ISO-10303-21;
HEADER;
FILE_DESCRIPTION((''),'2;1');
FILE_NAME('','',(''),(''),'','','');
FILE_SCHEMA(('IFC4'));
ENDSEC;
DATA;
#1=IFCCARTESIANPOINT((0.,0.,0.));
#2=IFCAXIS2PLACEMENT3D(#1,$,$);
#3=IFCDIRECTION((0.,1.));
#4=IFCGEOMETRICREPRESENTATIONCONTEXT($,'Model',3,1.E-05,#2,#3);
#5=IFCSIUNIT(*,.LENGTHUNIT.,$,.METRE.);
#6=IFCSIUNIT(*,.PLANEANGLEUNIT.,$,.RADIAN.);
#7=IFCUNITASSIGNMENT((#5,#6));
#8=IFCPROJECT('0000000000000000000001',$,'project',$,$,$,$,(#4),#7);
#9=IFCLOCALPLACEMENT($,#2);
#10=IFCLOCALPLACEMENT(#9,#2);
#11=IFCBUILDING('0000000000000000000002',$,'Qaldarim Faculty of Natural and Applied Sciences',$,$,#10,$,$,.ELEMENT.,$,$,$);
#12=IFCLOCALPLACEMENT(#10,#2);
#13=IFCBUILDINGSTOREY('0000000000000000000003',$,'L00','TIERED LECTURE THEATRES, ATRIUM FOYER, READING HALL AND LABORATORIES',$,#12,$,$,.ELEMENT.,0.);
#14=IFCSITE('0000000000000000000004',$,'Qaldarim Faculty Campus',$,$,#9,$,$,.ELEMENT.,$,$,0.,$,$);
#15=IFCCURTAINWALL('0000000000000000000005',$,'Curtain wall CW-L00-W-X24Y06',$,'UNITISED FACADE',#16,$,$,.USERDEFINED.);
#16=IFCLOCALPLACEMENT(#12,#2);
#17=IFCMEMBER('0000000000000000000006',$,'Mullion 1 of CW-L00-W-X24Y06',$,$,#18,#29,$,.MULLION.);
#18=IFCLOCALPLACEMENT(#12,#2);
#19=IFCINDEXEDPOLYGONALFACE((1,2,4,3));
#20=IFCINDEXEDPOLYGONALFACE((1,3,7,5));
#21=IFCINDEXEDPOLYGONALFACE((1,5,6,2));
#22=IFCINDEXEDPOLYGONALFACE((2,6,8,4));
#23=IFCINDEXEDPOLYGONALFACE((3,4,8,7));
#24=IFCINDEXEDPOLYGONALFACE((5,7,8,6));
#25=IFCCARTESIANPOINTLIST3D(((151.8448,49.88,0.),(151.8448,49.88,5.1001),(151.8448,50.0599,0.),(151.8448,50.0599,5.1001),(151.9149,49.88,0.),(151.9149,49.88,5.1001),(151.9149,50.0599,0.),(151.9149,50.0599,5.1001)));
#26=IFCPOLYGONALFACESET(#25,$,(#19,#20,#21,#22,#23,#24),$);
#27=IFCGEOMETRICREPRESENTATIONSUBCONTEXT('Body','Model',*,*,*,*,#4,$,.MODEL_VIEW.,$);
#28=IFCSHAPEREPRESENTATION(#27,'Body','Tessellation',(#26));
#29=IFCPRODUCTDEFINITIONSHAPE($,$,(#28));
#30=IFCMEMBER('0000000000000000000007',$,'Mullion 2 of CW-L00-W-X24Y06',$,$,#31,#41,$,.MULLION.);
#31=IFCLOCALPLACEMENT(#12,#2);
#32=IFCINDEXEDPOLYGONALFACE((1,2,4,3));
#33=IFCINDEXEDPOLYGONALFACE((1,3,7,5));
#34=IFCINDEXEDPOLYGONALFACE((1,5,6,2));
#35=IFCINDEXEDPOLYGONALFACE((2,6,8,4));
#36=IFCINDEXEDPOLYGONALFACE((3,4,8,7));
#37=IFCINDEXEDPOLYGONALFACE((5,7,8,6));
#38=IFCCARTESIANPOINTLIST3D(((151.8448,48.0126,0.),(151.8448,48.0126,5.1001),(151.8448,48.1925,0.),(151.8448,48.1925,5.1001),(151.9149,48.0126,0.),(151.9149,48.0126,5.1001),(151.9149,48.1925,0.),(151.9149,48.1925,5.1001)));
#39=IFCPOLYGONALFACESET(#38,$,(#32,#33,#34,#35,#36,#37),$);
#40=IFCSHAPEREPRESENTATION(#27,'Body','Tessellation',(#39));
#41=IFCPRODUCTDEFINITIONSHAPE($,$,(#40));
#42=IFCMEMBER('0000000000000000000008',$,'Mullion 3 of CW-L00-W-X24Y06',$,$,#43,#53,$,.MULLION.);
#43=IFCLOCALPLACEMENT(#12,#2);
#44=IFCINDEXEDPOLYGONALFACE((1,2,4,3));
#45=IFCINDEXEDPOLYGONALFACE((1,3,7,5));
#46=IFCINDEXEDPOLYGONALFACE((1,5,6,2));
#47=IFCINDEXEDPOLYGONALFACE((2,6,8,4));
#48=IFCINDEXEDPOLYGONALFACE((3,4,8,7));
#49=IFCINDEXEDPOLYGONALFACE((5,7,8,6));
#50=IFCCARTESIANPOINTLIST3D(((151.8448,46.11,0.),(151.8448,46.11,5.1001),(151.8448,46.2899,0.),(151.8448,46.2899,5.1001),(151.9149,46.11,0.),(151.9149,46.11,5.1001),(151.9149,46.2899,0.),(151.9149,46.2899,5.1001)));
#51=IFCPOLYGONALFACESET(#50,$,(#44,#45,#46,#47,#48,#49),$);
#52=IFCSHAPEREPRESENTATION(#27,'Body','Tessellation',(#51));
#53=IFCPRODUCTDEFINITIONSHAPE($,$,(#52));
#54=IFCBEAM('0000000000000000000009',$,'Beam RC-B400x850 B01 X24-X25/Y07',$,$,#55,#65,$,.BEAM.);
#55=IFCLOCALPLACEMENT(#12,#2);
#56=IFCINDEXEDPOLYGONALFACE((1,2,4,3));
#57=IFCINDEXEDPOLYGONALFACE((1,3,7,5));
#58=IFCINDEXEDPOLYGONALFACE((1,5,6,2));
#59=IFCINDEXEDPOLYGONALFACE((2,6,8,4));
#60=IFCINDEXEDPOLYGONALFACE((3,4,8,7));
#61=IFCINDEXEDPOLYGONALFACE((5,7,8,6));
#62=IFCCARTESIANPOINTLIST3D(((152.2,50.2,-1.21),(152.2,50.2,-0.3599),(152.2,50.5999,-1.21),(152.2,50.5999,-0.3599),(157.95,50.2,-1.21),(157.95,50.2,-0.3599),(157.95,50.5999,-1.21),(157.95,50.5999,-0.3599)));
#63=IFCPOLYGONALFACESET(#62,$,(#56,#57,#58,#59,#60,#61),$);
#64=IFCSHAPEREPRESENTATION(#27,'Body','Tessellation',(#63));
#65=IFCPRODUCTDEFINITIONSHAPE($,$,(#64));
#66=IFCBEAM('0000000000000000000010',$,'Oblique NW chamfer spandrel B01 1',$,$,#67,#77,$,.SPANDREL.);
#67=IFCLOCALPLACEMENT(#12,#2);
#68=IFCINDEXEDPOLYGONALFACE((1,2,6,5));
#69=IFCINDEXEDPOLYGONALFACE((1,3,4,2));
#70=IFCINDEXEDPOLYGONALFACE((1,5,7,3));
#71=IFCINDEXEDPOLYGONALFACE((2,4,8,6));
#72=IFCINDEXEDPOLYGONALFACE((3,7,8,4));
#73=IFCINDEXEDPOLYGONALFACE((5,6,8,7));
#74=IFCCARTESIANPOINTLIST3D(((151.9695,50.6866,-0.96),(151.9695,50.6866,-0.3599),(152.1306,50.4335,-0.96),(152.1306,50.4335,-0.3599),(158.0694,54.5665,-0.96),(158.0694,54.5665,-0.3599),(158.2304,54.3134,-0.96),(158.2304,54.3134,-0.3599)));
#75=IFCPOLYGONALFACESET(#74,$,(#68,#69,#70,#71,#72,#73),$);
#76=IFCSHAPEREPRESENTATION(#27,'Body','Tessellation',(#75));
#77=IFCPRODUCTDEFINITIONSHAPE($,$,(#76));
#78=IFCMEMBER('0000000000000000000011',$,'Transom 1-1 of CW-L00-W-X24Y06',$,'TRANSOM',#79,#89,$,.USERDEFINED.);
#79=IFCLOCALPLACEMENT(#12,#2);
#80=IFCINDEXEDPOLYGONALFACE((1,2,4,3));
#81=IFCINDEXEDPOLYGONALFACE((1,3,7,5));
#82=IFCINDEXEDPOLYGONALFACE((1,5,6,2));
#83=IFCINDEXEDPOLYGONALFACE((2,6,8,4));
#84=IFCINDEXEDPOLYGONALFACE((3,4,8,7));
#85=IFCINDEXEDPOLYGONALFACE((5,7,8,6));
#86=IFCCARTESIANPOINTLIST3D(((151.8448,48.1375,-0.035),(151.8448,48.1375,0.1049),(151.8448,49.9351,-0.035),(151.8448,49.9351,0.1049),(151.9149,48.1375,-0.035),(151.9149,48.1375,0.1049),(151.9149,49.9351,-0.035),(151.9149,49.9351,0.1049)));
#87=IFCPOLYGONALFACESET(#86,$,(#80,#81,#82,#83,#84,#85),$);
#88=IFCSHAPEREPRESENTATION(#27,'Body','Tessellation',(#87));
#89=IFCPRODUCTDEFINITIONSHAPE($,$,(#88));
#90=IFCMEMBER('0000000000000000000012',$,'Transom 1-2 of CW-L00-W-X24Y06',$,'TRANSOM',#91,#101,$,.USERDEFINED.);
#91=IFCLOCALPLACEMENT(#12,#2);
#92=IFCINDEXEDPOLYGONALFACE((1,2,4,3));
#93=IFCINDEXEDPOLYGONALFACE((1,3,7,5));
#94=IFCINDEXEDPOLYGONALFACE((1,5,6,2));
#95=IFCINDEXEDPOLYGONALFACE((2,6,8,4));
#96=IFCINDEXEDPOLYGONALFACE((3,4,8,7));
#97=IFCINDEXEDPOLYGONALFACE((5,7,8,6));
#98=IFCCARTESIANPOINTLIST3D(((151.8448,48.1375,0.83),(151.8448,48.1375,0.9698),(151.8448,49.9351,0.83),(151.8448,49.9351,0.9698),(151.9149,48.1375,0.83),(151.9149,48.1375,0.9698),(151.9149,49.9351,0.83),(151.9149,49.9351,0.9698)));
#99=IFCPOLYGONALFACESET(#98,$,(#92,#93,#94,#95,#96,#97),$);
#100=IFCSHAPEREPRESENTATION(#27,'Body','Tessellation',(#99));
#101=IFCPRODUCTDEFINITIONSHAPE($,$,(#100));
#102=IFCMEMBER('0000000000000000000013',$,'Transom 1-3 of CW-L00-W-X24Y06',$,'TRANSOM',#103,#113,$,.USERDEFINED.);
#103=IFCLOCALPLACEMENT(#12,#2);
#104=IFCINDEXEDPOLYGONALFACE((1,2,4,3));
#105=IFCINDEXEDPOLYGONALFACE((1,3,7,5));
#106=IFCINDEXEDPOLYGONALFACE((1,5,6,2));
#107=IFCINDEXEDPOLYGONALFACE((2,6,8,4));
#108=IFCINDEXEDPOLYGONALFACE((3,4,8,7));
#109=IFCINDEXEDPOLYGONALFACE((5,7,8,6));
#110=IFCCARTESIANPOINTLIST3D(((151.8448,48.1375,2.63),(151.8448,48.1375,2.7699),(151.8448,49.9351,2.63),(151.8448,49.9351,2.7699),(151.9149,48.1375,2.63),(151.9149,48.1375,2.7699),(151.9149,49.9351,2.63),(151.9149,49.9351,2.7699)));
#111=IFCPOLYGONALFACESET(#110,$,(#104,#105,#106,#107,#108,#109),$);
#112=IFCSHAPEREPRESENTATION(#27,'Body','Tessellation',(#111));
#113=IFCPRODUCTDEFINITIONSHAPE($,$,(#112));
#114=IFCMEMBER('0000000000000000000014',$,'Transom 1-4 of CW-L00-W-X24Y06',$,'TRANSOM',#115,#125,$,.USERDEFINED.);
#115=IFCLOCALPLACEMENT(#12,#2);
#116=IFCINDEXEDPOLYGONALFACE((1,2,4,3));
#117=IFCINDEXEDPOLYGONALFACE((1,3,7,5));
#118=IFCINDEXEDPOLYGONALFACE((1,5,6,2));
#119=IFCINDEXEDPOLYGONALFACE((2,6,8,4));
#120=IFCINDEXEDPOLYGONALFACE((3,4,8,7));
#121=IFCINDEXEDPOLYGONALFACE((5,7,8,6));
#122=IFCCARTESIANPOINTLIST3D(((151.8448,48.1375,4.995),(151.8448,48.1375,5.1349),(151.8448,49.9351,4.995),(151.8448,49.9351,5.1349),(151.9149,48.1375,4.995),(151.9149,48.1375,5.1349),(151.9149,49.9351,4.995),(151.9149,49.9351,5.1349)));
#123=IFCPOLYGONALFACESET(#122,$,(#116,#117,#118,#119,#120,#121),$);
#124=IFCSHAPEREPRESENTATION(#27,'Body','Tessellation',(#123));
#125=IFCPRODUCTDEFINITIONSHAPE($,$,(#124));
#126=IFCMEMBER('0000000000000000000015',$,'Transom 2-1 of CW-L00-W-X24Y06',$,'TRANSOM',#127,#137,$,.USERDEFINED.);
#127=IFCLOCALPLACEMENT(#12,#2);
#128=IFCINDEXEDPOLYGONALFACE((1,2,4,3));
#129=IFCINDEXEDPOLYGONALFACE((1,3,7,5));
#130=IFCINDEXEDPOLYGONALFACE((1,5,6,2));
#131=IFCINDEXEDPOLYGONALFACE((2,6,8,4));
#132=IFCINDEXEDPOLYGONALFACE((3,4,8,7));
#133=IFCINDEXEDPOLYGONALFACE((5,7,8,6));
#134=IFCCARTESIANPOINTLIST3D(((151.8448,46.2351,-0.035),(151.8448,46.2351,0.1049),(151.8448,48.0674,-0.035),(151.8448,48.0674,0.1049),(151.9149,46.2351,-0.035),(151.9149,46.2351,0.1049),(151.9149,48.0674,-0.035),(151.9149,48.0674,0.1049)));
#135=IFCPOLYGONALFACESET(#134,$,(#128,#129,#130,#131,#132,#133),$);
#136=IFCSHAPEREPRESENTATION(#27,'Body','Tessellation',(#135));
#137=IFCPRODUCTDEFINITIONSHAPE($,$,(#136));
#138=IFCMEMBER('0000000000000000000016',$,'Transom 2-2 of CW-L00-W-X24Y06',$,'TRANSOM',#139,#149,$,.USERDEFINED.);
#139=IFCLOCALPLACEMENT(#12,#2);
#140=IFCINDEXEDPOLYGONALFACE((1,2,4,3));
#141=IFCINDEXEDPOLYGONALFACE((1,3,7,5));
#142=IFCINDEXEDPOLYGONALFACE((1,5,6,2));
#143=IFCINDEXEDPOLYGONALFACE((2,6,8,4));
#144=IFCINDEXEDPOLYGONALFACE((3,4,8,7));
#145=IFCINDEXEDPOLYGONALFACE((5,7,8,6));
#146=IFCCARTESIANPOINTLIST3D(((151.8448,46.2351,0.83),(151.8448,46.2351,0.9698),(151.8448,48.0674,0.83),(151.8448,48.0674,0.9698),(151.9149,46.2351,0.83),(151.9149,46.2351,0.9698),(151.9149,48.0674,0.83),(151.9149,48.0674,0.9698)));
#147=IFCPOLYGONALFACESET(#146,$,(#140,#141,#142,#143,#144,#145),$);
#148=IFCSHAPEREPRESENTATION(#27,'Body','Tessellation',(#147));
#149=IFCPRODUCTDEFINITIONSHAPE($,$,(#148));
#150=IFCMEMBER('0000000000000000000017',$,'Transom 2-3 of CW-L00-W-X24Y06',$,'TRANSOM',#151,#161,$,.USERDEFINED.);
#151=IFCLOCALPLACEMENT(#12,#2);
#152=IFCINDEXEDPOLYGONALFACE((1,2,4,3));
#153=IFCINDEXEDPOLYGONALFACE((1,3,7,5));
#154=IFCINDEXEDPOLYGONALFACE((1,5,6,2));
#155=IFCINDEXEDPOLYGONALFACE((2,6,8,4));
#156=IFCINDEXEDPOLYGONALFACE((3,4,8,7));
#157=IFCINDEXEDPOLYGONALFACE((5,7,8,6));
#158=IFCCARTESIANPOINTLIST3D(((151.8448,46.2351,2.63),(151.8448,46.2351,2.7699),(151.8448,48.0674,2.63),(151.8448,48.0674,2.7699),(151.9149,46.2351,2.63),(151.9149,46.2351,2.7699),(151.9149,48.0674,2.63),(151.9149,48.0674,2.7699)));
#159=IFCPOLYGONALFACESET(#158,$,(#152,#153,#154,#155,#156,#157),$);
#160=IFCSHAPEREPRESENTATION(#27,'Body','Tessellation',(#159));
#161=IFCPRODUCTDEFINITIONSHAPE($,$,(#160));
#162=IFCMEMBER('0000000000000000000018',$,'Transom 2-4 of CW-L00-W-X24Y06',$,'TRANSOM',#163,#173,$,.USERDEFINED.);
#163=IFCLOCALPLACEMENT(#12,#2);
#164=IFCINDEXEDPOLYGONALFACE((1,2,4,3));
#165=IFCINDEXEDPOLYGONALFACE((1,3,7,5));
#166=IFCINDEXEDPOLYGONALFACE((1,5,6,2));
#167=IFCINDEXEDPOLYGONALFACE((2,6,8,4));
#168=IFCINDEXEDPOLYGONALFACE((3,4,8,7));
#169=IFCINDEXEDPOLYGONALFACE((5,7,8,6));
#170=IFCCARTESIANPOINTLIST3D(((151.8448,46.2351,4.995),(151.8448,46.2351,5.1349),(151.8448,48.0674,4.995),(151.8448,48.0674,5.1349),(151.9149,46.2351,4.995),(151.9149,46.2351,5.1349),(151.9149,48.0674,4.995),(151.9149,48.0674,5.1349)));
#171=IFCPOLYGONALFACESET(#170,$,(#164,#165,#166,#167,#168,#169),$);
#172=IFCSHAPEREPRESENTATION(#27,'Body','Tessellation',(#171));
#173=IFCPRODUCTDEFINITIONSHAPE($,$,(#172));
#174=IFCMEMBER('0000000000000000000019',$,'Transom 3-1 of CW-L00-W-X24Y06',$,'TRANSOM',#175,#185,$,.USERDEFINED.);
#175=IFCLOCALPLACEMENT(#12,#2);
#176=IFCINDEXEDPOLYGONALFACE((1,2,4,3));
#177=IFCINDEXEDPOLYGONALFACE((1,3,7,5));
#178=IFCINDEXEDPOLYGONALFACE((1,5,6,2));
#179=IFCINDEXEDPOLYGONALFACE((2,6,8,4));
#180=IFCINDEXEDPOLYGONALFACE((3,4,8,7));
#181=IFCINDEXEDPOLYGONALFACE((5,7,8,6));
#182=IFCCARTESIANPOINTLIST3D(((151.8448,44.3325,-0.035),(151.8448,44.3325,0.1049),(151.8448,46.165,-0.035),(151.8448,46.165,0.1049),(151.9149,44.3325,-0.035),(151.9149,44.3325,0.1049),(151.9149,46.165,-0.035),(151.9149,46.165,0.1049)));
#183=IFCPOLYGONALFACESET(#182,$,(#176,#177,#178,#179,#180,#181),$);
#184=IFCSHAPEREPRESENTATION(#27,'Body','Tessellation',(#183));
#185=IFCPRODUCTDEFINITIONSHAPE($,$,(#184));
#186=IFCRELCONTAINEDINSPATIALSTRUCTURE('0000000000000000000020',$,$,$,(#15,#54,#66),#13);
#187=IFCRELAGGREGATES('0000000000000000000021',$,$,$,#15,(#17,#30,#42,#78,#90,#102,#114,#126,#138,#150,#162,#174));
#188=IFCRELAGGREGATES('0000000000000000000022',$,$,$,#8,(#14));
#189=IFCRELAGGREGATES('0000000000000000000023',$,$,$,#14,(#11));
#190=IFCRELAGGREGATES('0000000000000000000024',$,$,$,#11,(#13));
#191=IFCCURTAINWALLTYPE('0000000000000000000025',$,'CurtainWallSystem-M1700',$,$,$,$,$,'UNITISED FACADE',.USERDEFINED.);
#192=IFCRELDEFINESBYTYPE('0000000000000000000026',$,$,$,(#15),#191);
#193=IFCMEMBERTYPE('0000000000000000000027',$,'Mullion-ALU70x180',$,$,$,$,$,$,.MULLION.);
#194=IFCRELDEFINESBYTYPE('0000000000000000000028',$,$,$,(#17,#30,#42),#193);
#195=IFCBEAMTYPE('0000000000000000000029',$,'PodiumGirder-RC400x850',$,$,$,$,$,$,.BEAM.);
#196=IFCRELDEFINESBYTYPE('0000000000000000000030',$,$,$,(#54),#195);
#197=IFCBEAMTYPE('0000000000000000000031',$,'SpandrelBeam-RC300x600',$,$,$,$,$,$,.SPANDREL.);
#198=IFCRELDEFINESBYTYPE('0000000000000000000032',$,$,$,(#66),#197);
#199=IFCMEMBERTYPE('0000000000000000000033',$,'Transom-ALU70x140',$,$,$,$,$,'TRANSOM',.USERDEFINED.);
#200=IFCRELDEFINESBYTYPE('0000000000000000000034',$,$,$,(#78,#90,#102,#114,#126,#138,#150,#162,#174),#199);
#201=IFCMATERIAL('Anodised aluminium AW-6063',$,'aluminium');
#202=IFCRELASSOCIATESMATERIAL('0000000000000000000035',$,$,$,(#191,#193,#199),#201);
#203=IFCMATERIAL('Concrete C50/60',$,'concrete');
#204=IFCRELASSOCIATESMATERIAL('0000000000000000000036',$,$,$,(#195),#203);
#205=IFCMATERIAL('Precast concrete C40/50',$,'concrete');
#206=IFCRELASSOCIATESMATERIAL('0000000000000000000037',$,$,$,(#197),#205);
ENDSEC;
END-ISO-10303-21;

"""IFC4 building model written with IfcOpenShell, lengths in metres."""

from ifc_helpers import new_model, si_unit, direction, frame, origin, origin_2d, place, context, subcontext, project, spatial, rectangle, extrude, material, material_profile, profile_set, type_object, element, aggregate, save


model = new_model("IFC4")

# Units and contexts
model_context = context("Model", 3, precision=1e-05, world=origin(), true_north=direction((0.0, 1.0)))
body_context = subcontext(model_context, "Body", "Model", "MODEL_VIEW")
ifc_project = project(units=[si_unit("LENGTHUNIT", "METRE"), si_unit("PLANEANGLEUNIT", "RADIAN")], contexts=[model_context])

# Site, building, storey
site_placement = place(None, origin())
site = spatial("IfcSite", under=ifc_project, at=site_placement, Name="Qaldarim Faculty Campus", CompositionType="ELEMENT", RefElevation=0.0)
building_placement = place(site_placement, origin())
building = spatial("IfcBuilding", under=site, at=building_placement, Name="Qaldarim Faculty of Natural and Applied Sciences", CompositionType="ELEMENT")
storey_placement = place(building_placement, origin())
storey = spatial("IfcBuildingStorey", under=building, at=storey_placement, Name="L00", Description="TIERED LECTURE THEATRES, ATRIUM FOYER, READING HALL AND LABORATORIES", CompositionType="ELEMENT", Elevation=0.0)

# Shared definitions
ifc_material_1 = material(Name="Concrete C50/60", Category="concrete")

# Curtain wall, members
ifc_material_2 = material(Name="Anodised aluminium AW-6063", Category="aluminium")
curtain_wall_type = type_object("IfcCurtainWallType", Name="CurtainWallSystem-M1700", ElementType="UNITISED FACADE", PredefinedType="USERDEFINED", material=ifc_material_2)
curtain_wall_placement = place(storey_placement, origin())
curtain_wall = element("IfcCurtainWall", 1, at=curtain_wall_placement, inside=storey, type_object=curtain_wall_type, Name="Curtain wall CW-L00-W-X24Y06", ObjectType="UNITISED FACADE", PredefinedType="USERDEFINED")
ifc_material_profile_1 = material_profile(ifc_material_2, rectangle(XDim=0.0701, YDim=0.1799, at=origin_2d()), Name="ALU-M70x180")
ifc_profile_set_1 = profile_set([ifc_material_profile_1], Name="Anodised aluminium AW-6063")
member_type_1 = type_object("IfcMemberType", Name="Mullion-ALU70x180", PredefinedType="MULLION", material=ifc_profile_set_1)
member_1_placement = place(storey_placement, frame((151.8799, 49.97, 0.0), z_axis=(0.0, 0.0, 1.0), x_axis=(1.0, 0.0, 0.0)))
member_1 = element("IfcMember", 2, at=member_1_placement, type_object=member_type_1, Name="Mullion 1 of CW-L00-W-X24Y06", PredefinedType="MULLION", context=body_context, shape_type="SweptSolid", body=[
    extrude(rectangle(XDim=0.0701, YDim=0.1799, at=origin_2d()), origin(), (0.0, 0.0, 1.0), 5.1001),
])
member_2_placement = place(storey_placement, frame((151.8799, 48.1025, 0.0), z_axis=(0.0, 0.0, 1.0), x_axis=(1.0, 0.0, 0.0)))
member_2 = element("IfcMember", 3, at=member_2_placement, type_object=member_type_1, Name="Mullion 2 of CW-L00-W-X24Y06", PredefinedType="MULLION", context=body_context, shape_type="SweptSolid", body=[
    extrude(rectangle(XDim=0.0701, YDim=0.1799, at=origin_2d()), origin(), (0.0, 0.0, 1.0), 5.1001),
])
member_3_placement = place(storey_placement, frame((151.8799, 46.2, 0.0), z_axis=(0.0, 0.0, 1.0), x_axis=(1.0, 0.0, 0.0)))
member_3 = element("IfcMember", 4, at=member_3_placement, type_object=member_type_1, Name="Mullion 3 of CW-L00-W-X24Y06", PredefinedType="MULLION", context=body_context, shape_type="SweptSolid", body=[
    extrude(rectangle(XDim=0.0701, YDim=0.1799, at=origin_2d()), origin(), (0.0, 0.0, 1.0), 5.1001),
])

# Beams
ifc_material_profile_2 = material_profile(ifc_material_1, rectangle(XDim=0.3999, YDim=0.8501, at=origin_2d()), Name="RC-B400x850")
ifc_profile_set_2 = profile_set([ifc_material_profile_2], Name="Concrete C50/60")
beam_type_1 = type_object("IfcBeamType", Name="PodiumGirder-RC400x850", PredefinedType="BEAM", material=ifc_profile_set_2)
beam_1_placement = place(storey_placement, frame((152.2, 50.3999, -0.7849), z_axis=(1.0, 0.0, 0.0), x_axis=(0.0, 1.0, 0.0)))
element("IfcBeam", 5, at=beam_1_placement, inside=storey, type_object=beam_type_1, Name="Beam RC-B400x850 B01 X24-X25/Y07", PredefinedType="BEAM", context=body_context, shape_type="SweptSolid", body=[
    extrude(rectangle(XDim=0.3999, YDim=0.8501, at=origin_2d()), origin(), (0.0, 0.0, 1.0), 5.75),
])
ifc_material_3 = material(Name="Precast concrete C40/50", Category="concrete")
ifc_material_profile_3 = material_profile(ifc_material_3, rectangle(XDim=0.3, YDim=0.6001, at=origin_2d()), Name="RC-SP300x600")
ifc_profile_set_3 = profile_set([ifc_material_profile_3], Name="Precast concrete C40/50")
beam_type_2 = type_object("IfcBeamType", Name="SpandrelBeam-RC300x600", PredefinedType="SPANDREL", material=ifc_profile_set_3)
beam_2_placement = place(storey_placement, frame((152.05, 50.5601, -0.6599), z_axis=(0.843777, 0.536694, 0.0), x_axis=(-0.536694, 0.843777, 0.0)))
element("IfcBeam", 6, at=beam_2_placement, inside=storey, type_object=beam_type_2, Name="Oblique NW chamfer spandrel B01 1", PredefinedType="SPANDREL", context=body_context, shape_type="SweptSolid", body=[
    extrude(rectangle(XDim=0.3, YDim=0.6001, at=origin_2d()), origin(), (0.0, 0.0, 1.0), 7.2292),
])

# Members
ifc_material_profile_4 = material_profile(ifc_material_2, rectangle(XDim=0.0701, YDim=0.1399, at=origin_2d()), Name="ALU-T70x140")
ifc_profile_set_4 = profile_set([ifc_material_profile_4], Name="Anodised aluminium AW-6063")
member_type_2 = type_object("IfcMemberType", Name="Transom-ALU70x140", ElementType="TRANSOM", PredefinedType="USERDEFINED", material=ifc_profile_set_4)
member_4_placement = place(storey_placement, frame((151.8799, 49.9351, 0.0349), z_axis=(0.0, -1.0, 0.0), x_axis=(1.0, 0.0, 0.0)))
member_4 = element("IfcMember", 7, at=member_4_placement, type_object=member_type_2, Name="Transom 1-1 of CW-L00-W-X24Y06", ObjectType="TRANSOM", PredefinedType="USERDEFINED", context=body_context, shape_type="SweptSolid", body=[
    extrude(rectangle(XDim=0.0701, YDim=0.1399, at=origin_2d()), origin(), (0.0, 0.0, 1.0), 1.7976),
])
member_5_placement = place(storey_placement, frame((151.8799, 49.9351, 0.8999), z_axis=(0.0, -1.0, 0.0), x_axis=(1.0, 0.0, 0.0)))
member_5 = element("IfcMember", 8, at=member_5_placement, type_object=member_type_2, Name="Transom 1-2 of CW-L00-W-X24Y06", ObjectType="TRANSOM", PredefinedType="USERDEFINED", context=body_context, shape_type="SweptSolid", body=[
    extrude(rectangle(XDim=0.0701, YDim=0.1399, at=origin_2d()), origin(), (0.0, 0.0, 1.0), 1.7976),
])
member_6_placement = place(storey_placement, frame((151.8799, 49.9351, 2.7), z_axis=(0.0, -1.0, 0.0), x_axis=(1.0, 0.0, 0.0)))
member_6 = element("IfcMember", 9, at=member_6_placement, type_object=member_type_2, Name="Transom 1-3 of CW-L00-W-X24Y06", ObjectType="TRANSOM", PredefinedType="USERDEFINED", context=body_context, shape_type="SweptSolid", body=[
    extrude(rectangle(XDim=0.0701, YDim=0.1399, at=origin_2d()), origin(), (0.0, 0.0, 1.0), 1.7976),
])
member_7_placement = place(storey_placement, frame((151.8799, 49.9351, 5.0649), z_axis=(0.0, -1.0, 0.0), x_axis=(1.0, 0.0, 0.0)))
member_7 = element("IfcMember", 10, at=member_7_placement, type_object=member_type_2, Name="Transom 1-4 of CW-L00-W-X24Y06", ObjectType="TRANSOM", PredefinedType="USERDEFINED", context=body_context, shape_type="SweptSolid", body=[
    extrude(rectangle(XDim=0.0701, YDim=0.1399, at=origin_2d()), origin(), (0.0, 0.0, 1.0), 1.7976),
])
member_8_placement = place(storey_placement, frame((151.8799, 48.0674, 0.0349), z_axis=(0.0, -1.0, 0.0), x_axis=(1.0, 0.0, 0.0)))
member_8 = element("IfcMember", 11, at=member_8_placement, type_object=member_type_2, Name="Transom 2-1 of CW-L00-W-X24Y06", ObjectType="TRANSOM", PredefinedType="USERDEFINED", context=body_context, shape_type="SweptSolid", body=[
    extrude(rectangle(XDim=0.0701, YDim=0.1399, at=origin_2d()), origin(), (0.0, 0.0, 1.0), 1.8323),
])
member_9_placement = place(storey_placement, frame((151.8799, 48.0674, 0.8999), z_axis=(0.0, -1.0, 0.0), x_axis=(1.0, 0.0, 0.0)))
member_9 = element("IfcMember", 12, at=member_9_placement, type_object=member_type_2, Name="Transom 2-2 of CW-L00-W-X24Y06", ObjectType="TRANSOM", PredefinedType="USERDEFINED", context=body_context, shape_type="SweptSolid", body=[
    extrude(rectangle(XDim=0.0701, YDim=0.1399, at=origin_2d()), origin(), (0.0, 0.0, 1.0), 1.8323),
])
member_10_placement = place(storey_placement, frame((151.8799, 48.0674, 2.7), z_axis=(0.0, -1.0, 0.0), x_axis=(1.0, 0.0, 0.0)))
member_10 = element("IfcMember", 13, at=member_10_placement, type_object=member_type_2, Name="Transom 2-3 of CW-L00-W-X24Y06", ObjectType="TRANSOM", PredefinedType="USERDEFINED", context=body_context, shape_type="SweptSolid", body=[
    extrude(rectangle(XDim=0.0701, YDim=0.1399, at=origin_2d()), origin(), (0.0, 0.0, 1.0), 1.8323),
])
member_11_placement = place(storey_placement, frame((151.8799, 48.0674, 5.0649), z_axis=(0.0, -1.0, 0.0), x_axis=(1.0, 0.0, 0.0)))
member_11 = element("IfcMember", 14, at=member_11_placement, type_object=member_type_2, Name="Transom 2-4 of CW-L00-W-X24Y06", ObjectType="TRANSOM", PredefinedType="USERDEFINED", context=body_context, shape_type="SweptSolid", body=[
    extrude(rectangle(XDim=0.0701, YDim=0.1399, at=origin_2d()), origin(), (0.0, 0.0, 1.0), 1.8323),
])
member_12_placement = place(storey_placement, frame((151.8799, 46.165, 0.0349), z_axis=(0.0, -1.0, 0.0), x_axis=(1.0, 0.0, 0.0)))
member_12 = element("IfcMember", 15, at=member_12_placement, type_object=member_type_2, Name="Transom 3-1 of CW-L00-W-X24Y06", ObjectType="TRANSOM", PredefinedType="USERDEFINED", context=body_context, shape_type="SweptSolid", body=[
    extrude(rectangle(XDim=0.0701, YDim=0.1399, at=origin_2d()), origin(), (0.0, 0.0, 1.0), 1.8325),
])

aggregate(curtain_wall, [member_1, member_2, member_3, member_4, member_5, member_6, member_7, member_8, member_9, member_10, member_11, member_12])

save(model, "model.ifc")
